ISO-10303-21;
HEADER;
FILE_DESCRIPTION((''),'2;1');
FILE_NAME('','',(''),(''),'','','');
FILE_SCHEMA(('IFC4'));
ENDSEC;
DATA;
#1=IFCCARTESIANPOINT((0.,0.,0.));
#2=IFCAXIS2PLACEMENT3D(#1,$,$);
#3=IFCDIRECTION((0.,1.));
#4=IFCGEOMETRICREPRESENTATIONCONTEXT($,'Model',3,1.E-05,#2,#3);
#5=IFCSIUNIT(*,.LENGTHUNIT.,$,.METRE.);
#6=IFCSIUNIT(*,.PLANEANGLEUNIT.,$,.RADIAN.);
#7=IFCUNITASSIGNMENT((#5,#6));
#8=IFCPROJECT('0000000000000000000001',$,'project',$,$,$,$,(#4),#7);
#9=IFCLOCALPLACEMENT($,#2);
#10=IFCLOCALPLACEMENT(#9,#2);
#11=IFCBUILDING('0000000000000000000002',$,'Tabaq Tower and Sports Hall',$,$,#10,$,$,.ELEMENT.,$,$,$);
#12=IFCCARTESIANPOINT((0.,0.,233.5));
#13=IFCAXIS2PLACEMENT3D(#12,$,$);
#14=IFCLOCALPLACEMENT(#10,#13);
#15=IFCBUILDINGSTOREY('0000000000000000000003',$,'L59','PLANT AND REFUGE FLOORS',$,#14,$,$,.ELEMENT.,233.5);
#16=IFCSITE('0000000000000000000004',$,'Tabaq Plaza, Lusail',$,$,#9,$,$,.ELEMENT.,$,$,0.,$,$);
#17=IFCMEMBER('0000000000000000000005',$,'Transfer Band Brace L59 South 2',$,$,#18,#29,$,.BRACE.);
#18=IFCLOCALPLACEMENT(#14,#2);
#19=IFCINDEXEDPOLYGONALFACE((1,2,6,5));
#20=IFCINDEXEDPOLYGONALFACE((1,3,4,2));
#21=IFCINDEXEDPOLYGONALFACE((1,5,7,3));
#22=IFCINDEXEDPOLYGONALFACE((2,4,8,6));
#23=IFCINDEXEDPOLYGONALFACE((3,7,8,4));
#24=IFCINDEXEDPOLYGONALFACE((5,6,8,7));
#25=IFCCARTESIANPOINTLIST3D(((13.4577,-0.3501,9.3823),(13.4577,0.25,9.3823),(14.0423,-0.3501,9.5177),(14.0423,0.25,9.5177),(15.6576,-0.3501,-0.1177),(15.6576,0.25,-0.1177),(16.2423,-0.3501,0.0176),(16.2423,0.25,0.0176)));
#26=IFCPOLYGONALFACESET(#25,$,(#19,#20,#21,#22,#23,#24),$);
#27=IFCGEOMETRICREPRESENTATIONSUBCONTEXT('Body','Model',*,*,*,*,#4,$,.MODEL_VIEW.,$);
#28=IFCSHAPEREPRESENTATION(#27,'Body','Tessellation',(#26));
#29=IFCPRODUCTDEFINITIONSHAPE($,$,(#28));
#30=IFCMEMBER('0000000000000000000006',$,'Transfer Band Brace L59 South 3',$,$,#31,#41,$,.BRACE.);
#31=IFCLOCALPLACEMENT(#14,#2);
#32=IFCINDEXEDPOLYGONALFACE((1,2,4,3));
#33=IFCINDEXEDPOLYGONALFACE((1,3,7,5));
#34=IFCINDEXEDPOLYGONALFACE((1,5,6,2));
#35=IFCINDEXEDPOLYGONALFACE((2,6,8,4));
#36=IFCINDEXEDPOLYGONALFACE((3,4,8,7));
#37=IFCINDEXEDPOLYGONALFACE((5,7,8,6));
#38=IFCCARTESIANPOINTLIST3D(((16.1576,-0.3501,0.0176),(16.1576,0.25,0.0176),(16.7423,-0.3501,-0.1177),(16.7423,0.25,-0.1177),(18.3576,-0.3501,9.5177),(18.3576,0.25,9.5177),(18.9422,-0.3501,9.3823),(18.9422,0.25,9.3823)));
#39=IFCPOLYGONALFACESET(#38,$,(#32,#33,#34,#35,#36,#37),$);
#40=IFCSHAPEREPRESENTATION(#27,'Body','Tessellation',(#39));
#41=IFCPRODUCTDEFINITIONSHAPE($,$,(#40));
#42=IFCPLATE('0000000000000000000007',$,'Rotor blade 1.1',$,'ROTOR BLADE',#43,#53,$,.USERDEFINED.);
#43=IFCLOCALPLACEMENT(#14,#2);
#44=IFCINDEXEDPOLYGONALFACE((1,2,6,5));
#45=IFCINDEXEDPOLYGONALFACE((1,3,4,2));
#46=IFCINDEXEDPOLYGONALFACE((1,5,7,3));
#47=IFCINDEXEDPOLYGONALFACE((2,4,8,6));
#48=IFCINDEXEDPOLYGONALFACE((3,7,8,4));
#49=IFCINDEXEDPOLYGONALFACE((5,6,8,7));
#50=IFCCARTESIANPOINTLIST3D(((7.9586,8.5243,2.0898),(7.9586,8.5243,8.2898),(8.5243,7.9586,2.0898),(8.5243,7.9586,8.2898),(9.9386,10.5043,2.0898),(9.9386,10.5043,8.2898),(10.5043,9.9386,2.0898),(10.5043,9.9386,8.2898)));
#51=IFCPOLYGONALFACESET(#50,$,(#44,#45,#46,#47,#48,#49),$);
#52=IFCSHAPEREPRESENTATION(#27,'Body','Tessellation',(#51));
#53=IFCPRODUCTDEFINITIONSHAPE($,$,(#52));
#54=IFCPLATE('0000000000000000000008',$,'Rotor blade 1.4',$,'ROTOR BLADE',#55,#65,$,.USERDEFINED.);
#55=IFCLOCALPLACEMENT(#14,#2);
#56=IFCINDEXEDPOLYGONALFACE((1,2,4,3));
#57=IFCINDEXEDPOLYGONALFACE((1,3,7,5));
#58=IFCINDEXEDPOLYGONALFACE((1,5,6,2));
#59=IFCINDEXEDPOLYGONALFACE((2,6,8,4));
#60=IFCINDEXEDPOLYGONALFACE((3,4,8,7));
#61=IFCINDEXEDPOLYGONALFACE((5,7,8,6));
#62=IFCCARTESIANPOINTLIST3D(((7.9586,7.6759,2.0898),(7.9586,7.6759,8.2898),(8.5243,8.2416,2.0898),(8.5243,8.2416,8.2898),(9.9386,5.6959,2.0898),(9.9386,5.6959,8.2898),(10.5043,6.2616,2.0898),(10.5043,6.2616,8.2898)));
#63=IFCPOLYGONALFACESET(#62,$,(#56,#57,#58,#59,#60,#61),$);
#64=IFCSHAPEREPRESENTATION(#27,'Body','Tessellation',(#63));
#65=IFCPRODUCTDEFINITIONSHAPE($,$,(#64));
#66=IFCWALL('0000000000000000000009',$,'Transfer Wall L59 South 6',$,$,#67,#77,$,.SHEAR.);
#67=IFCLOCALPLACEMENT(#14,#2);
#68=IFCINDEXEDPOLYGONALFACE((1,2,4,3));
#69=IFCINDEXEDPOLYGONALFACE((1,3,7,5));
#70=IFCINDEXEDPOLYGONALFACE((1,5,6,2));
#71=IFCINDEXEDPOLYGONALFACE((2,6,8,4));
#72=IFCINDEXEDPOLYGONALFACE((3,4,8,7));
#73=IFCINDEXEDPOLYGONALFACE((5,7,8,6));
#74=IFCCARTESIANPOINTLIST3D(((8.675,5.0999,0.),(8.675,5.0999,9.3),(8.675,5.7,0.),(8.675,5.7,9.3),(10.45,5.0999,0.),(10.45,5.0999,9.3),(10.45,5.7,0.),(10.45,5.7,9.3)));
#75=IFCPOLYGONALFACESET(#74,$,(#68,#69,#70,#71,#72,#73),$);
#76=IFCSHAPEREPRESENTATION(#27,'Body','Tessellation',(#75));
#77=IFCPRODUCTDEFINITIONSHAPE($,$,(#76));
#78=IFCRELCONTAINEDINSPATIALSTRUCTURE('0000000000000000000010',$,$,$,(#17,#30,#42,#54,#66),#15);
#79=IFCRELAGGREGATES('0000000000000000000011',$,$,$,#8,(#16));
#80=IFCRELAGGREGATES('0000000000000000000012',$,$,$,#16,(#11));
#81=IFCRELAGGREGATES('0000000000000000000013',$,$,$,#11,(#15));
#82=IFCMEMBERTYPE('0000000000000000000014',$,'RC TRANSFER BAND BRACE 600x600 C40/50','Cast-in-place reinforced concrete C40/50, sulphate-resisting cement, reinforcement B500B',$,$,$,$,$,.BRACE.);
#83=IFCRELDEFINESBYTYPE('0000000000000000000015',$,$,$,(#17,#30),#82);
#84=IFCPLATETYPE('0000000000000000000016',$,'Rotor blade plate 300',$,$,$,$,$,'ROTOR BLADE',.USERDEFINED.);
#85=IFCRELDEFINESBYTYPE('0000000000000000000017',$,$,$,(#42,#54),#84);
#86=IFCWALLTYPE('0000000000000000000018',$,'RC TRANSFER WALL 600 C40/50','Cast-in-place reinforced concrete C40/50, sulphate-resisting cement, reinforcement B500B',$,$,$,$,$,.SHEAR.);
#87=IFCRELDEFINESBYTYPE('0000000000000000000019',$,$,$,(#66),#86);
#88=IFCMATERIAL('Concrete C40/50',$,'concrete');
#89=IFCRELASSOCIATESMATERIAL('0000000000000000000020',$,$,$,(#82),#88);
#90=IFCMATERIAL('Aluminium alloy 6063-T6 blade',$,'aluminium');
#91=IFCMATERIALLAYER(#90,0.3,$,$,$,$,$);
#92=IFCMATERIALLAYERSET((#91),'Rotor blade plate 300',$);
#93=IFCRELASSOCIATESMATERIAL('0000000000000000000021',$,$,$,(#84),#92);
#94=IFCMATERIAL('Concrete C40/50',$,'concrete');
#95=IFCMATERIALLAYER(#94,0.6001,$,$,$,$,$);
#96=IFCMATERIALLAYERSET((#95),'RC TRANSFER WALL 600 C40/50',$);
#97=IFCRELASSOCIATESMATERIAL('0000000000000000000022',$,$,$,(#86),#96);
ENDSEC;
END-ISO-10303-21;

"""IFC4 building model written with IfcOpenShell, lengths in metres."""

from ifc_helpers import new_model, si_unit, direction, frame, frame_2d, origin, origin_2d, place, context, subcontext, project, spatial, rectangle, extrude, material, layer, layer_set, material_profile, profile_set, type_object, element, save


model = new_model("IFC4")

# Units and contexts
model_context = context("Model", 3, precision=1e-05, world=origin(), true_north=direction((0.0, 1.0)))
body_context = subcontext(model_context, "Body", "Model", "MODEL_VIEW")
ifc_project = project(units=[si_unit("LENGTHUNIT", "METRE"), si_unit("PLANEANGLEUNIT", "RADIAN")], contexts=[model_context])

# Site, building, storey
site_placement = place(None, origin())
site = spatial("IfcSite", under=ifc_project, at=site_placement, Name="Tabaq Plaza, Lusail", CompositionType="ELEMENT", RefElevation=0.0)
building_placement = place(site_placement, origin())
building = spatial("IfcBuilding", under=site, at=building_placement, Name="Tabaq Tower and Sports Hall", CompositionType="ELEMENT")
storey_placement = place(building_placement, frame((0.0, 0.0, 233.5)))
storey = spatial("IfcBuildingStorey", under=building, at=storey_placement, Name="L59", Description="PLANT AND REFUGE FLOORS", CompositionType="ELEMENT", Elevation=233.5)

# Members
ifc_material_1 = material(Name="Concrete C40/50", Category="concrete")
ifc_material_profile_1 = material_profile(ifc_material_1, rectangle(XDim=0.6001, YDim=0.6001, at=origin_2d()), Name="TRANSFER BAND BRACE 600x600")
ifc_profile_set_1 = profile_set([ifc_material_profile_1], Name="Concrete C40/50")
member_type_1 = type_object("IfcMemberType", Name="RC TRANSFER BAND BRACE 600x600 C40/50", Description="Cast-in-place reinforced concrete C40/50, sulphate-resisting cement, reinforcement B500B", PredefinedType="BRACE", material=ifc_profile_set_1)
for number, where, z_axis, x_axis, name in (
    (1, (15.95, -0.05, -0.05), (-0.225604, 0.0, 0.974219), (0.0, -1.0, 0.0), "Transfer Band Brace L59 South 2"),
    (2, (16.45, -0.05, -0.05), (0.225604, 0.0, 0.974219), (0.0, 1.0, 0.0), "Transfer Band Brace L59 South 3"),
):
    element("IfcMember", number, at=place(storey_placement, frame(where, z_axis=z_axis, x_axis=x_axis)), inside=storey, type_object=member_type_1, Name=name, PredefinedType="BRACE", context=body_context, shape_type="SweptSolid", body=[
        extrude(rectangle(XDim=0.6001, YDim=0.6001, at=origin_2d()), origin(), (0.0, 0.0, 1.0), 9.7515),
    ])

# Plates
ifc_material_2 = material(Name="Aluminium alloy 6063-T6 blade", Category="aluminium")
ifc_layer_1 = layer(ifc_material_2, 0.3)
ifc_layer_set_1 = layer_set([ifc_layer_1], Name="Rotor blade plate 300")
plate_type = type_object("IfcPlateType", Name="Rotor blade plate 300", ElementType="ROTOR BLADE", PredefinedType="USERDEFINED", material=ifc_layer_set_1)
for number, where, z_axis, x_axis, name in (
    (3, (9.2314, 9.2314, 2.0898), (0.0, 0.0, 1.0), (0.707107, 0.707107, 0.0), "Rotor blade 1.1"),
    (4, (9.2314, 6.9688, 2.0898), (0.0, 0.0, 1.0), (0.707107, -0.707107, 0.0), "Rotor blade 1.4"),
):
    element("IfcPlate", number, at=place(storey_placement, frame(where, z_axis=z_axis, x_axis=x_axis)), inside=storey, type_object=plate_type, Name=name, ObjectType="ROTOR BLADE", PredefinedType="USERDEFINED", context=body_context, shape_type="SweptSolid", body=[
        extrude(rectangle(XDim=2.8, YDim=0.8, at=origin_2d()), origin(), (0.0, 0.0, 1.0), 6.2),
    ])

# Wall
ifc_material_3 = material(Name="Concrete C40/50", Category="concrete")
ifc_layer_2 = layer(ifc_material_3, 0.6001)
ifc_layer_set_2 = layer_set([ifc_layer_2], Name="RC TRANSFER WALL 600 C40/50")
wall_type = type_object("IfcWallType", Name="RC TRANSFER WALL 600 C40/50", Description="Cast-in-place reinforced concrete C40/50, sulphate-resisting cement, reinforcement B500B", PredefinedType="SHEAR", material=ifc_layer_set_2)
wall_placement = place(storey_placement, frame((8.675, 5.3999, 0.0), z_axis=(0.0, 0.0, 1.0), x_axis=(1.0, 0.0, 0.0)))
element("IfcWall", 5, at=wall_placement, inside=storey, type_object=wall_type, Name="Transfer Wall L59 South 6", PredefinedType="SHEAR", context=body_context, shape_type="SweptSolid", body=[
    extrude(rectangle(XDim=1.7749, YDim=0.6001, at=frame_2d((0.8875, 0.0))), origin(), (0.0, 0.0, 1.0), 9.3),
])

save(model, "model.ifc")
